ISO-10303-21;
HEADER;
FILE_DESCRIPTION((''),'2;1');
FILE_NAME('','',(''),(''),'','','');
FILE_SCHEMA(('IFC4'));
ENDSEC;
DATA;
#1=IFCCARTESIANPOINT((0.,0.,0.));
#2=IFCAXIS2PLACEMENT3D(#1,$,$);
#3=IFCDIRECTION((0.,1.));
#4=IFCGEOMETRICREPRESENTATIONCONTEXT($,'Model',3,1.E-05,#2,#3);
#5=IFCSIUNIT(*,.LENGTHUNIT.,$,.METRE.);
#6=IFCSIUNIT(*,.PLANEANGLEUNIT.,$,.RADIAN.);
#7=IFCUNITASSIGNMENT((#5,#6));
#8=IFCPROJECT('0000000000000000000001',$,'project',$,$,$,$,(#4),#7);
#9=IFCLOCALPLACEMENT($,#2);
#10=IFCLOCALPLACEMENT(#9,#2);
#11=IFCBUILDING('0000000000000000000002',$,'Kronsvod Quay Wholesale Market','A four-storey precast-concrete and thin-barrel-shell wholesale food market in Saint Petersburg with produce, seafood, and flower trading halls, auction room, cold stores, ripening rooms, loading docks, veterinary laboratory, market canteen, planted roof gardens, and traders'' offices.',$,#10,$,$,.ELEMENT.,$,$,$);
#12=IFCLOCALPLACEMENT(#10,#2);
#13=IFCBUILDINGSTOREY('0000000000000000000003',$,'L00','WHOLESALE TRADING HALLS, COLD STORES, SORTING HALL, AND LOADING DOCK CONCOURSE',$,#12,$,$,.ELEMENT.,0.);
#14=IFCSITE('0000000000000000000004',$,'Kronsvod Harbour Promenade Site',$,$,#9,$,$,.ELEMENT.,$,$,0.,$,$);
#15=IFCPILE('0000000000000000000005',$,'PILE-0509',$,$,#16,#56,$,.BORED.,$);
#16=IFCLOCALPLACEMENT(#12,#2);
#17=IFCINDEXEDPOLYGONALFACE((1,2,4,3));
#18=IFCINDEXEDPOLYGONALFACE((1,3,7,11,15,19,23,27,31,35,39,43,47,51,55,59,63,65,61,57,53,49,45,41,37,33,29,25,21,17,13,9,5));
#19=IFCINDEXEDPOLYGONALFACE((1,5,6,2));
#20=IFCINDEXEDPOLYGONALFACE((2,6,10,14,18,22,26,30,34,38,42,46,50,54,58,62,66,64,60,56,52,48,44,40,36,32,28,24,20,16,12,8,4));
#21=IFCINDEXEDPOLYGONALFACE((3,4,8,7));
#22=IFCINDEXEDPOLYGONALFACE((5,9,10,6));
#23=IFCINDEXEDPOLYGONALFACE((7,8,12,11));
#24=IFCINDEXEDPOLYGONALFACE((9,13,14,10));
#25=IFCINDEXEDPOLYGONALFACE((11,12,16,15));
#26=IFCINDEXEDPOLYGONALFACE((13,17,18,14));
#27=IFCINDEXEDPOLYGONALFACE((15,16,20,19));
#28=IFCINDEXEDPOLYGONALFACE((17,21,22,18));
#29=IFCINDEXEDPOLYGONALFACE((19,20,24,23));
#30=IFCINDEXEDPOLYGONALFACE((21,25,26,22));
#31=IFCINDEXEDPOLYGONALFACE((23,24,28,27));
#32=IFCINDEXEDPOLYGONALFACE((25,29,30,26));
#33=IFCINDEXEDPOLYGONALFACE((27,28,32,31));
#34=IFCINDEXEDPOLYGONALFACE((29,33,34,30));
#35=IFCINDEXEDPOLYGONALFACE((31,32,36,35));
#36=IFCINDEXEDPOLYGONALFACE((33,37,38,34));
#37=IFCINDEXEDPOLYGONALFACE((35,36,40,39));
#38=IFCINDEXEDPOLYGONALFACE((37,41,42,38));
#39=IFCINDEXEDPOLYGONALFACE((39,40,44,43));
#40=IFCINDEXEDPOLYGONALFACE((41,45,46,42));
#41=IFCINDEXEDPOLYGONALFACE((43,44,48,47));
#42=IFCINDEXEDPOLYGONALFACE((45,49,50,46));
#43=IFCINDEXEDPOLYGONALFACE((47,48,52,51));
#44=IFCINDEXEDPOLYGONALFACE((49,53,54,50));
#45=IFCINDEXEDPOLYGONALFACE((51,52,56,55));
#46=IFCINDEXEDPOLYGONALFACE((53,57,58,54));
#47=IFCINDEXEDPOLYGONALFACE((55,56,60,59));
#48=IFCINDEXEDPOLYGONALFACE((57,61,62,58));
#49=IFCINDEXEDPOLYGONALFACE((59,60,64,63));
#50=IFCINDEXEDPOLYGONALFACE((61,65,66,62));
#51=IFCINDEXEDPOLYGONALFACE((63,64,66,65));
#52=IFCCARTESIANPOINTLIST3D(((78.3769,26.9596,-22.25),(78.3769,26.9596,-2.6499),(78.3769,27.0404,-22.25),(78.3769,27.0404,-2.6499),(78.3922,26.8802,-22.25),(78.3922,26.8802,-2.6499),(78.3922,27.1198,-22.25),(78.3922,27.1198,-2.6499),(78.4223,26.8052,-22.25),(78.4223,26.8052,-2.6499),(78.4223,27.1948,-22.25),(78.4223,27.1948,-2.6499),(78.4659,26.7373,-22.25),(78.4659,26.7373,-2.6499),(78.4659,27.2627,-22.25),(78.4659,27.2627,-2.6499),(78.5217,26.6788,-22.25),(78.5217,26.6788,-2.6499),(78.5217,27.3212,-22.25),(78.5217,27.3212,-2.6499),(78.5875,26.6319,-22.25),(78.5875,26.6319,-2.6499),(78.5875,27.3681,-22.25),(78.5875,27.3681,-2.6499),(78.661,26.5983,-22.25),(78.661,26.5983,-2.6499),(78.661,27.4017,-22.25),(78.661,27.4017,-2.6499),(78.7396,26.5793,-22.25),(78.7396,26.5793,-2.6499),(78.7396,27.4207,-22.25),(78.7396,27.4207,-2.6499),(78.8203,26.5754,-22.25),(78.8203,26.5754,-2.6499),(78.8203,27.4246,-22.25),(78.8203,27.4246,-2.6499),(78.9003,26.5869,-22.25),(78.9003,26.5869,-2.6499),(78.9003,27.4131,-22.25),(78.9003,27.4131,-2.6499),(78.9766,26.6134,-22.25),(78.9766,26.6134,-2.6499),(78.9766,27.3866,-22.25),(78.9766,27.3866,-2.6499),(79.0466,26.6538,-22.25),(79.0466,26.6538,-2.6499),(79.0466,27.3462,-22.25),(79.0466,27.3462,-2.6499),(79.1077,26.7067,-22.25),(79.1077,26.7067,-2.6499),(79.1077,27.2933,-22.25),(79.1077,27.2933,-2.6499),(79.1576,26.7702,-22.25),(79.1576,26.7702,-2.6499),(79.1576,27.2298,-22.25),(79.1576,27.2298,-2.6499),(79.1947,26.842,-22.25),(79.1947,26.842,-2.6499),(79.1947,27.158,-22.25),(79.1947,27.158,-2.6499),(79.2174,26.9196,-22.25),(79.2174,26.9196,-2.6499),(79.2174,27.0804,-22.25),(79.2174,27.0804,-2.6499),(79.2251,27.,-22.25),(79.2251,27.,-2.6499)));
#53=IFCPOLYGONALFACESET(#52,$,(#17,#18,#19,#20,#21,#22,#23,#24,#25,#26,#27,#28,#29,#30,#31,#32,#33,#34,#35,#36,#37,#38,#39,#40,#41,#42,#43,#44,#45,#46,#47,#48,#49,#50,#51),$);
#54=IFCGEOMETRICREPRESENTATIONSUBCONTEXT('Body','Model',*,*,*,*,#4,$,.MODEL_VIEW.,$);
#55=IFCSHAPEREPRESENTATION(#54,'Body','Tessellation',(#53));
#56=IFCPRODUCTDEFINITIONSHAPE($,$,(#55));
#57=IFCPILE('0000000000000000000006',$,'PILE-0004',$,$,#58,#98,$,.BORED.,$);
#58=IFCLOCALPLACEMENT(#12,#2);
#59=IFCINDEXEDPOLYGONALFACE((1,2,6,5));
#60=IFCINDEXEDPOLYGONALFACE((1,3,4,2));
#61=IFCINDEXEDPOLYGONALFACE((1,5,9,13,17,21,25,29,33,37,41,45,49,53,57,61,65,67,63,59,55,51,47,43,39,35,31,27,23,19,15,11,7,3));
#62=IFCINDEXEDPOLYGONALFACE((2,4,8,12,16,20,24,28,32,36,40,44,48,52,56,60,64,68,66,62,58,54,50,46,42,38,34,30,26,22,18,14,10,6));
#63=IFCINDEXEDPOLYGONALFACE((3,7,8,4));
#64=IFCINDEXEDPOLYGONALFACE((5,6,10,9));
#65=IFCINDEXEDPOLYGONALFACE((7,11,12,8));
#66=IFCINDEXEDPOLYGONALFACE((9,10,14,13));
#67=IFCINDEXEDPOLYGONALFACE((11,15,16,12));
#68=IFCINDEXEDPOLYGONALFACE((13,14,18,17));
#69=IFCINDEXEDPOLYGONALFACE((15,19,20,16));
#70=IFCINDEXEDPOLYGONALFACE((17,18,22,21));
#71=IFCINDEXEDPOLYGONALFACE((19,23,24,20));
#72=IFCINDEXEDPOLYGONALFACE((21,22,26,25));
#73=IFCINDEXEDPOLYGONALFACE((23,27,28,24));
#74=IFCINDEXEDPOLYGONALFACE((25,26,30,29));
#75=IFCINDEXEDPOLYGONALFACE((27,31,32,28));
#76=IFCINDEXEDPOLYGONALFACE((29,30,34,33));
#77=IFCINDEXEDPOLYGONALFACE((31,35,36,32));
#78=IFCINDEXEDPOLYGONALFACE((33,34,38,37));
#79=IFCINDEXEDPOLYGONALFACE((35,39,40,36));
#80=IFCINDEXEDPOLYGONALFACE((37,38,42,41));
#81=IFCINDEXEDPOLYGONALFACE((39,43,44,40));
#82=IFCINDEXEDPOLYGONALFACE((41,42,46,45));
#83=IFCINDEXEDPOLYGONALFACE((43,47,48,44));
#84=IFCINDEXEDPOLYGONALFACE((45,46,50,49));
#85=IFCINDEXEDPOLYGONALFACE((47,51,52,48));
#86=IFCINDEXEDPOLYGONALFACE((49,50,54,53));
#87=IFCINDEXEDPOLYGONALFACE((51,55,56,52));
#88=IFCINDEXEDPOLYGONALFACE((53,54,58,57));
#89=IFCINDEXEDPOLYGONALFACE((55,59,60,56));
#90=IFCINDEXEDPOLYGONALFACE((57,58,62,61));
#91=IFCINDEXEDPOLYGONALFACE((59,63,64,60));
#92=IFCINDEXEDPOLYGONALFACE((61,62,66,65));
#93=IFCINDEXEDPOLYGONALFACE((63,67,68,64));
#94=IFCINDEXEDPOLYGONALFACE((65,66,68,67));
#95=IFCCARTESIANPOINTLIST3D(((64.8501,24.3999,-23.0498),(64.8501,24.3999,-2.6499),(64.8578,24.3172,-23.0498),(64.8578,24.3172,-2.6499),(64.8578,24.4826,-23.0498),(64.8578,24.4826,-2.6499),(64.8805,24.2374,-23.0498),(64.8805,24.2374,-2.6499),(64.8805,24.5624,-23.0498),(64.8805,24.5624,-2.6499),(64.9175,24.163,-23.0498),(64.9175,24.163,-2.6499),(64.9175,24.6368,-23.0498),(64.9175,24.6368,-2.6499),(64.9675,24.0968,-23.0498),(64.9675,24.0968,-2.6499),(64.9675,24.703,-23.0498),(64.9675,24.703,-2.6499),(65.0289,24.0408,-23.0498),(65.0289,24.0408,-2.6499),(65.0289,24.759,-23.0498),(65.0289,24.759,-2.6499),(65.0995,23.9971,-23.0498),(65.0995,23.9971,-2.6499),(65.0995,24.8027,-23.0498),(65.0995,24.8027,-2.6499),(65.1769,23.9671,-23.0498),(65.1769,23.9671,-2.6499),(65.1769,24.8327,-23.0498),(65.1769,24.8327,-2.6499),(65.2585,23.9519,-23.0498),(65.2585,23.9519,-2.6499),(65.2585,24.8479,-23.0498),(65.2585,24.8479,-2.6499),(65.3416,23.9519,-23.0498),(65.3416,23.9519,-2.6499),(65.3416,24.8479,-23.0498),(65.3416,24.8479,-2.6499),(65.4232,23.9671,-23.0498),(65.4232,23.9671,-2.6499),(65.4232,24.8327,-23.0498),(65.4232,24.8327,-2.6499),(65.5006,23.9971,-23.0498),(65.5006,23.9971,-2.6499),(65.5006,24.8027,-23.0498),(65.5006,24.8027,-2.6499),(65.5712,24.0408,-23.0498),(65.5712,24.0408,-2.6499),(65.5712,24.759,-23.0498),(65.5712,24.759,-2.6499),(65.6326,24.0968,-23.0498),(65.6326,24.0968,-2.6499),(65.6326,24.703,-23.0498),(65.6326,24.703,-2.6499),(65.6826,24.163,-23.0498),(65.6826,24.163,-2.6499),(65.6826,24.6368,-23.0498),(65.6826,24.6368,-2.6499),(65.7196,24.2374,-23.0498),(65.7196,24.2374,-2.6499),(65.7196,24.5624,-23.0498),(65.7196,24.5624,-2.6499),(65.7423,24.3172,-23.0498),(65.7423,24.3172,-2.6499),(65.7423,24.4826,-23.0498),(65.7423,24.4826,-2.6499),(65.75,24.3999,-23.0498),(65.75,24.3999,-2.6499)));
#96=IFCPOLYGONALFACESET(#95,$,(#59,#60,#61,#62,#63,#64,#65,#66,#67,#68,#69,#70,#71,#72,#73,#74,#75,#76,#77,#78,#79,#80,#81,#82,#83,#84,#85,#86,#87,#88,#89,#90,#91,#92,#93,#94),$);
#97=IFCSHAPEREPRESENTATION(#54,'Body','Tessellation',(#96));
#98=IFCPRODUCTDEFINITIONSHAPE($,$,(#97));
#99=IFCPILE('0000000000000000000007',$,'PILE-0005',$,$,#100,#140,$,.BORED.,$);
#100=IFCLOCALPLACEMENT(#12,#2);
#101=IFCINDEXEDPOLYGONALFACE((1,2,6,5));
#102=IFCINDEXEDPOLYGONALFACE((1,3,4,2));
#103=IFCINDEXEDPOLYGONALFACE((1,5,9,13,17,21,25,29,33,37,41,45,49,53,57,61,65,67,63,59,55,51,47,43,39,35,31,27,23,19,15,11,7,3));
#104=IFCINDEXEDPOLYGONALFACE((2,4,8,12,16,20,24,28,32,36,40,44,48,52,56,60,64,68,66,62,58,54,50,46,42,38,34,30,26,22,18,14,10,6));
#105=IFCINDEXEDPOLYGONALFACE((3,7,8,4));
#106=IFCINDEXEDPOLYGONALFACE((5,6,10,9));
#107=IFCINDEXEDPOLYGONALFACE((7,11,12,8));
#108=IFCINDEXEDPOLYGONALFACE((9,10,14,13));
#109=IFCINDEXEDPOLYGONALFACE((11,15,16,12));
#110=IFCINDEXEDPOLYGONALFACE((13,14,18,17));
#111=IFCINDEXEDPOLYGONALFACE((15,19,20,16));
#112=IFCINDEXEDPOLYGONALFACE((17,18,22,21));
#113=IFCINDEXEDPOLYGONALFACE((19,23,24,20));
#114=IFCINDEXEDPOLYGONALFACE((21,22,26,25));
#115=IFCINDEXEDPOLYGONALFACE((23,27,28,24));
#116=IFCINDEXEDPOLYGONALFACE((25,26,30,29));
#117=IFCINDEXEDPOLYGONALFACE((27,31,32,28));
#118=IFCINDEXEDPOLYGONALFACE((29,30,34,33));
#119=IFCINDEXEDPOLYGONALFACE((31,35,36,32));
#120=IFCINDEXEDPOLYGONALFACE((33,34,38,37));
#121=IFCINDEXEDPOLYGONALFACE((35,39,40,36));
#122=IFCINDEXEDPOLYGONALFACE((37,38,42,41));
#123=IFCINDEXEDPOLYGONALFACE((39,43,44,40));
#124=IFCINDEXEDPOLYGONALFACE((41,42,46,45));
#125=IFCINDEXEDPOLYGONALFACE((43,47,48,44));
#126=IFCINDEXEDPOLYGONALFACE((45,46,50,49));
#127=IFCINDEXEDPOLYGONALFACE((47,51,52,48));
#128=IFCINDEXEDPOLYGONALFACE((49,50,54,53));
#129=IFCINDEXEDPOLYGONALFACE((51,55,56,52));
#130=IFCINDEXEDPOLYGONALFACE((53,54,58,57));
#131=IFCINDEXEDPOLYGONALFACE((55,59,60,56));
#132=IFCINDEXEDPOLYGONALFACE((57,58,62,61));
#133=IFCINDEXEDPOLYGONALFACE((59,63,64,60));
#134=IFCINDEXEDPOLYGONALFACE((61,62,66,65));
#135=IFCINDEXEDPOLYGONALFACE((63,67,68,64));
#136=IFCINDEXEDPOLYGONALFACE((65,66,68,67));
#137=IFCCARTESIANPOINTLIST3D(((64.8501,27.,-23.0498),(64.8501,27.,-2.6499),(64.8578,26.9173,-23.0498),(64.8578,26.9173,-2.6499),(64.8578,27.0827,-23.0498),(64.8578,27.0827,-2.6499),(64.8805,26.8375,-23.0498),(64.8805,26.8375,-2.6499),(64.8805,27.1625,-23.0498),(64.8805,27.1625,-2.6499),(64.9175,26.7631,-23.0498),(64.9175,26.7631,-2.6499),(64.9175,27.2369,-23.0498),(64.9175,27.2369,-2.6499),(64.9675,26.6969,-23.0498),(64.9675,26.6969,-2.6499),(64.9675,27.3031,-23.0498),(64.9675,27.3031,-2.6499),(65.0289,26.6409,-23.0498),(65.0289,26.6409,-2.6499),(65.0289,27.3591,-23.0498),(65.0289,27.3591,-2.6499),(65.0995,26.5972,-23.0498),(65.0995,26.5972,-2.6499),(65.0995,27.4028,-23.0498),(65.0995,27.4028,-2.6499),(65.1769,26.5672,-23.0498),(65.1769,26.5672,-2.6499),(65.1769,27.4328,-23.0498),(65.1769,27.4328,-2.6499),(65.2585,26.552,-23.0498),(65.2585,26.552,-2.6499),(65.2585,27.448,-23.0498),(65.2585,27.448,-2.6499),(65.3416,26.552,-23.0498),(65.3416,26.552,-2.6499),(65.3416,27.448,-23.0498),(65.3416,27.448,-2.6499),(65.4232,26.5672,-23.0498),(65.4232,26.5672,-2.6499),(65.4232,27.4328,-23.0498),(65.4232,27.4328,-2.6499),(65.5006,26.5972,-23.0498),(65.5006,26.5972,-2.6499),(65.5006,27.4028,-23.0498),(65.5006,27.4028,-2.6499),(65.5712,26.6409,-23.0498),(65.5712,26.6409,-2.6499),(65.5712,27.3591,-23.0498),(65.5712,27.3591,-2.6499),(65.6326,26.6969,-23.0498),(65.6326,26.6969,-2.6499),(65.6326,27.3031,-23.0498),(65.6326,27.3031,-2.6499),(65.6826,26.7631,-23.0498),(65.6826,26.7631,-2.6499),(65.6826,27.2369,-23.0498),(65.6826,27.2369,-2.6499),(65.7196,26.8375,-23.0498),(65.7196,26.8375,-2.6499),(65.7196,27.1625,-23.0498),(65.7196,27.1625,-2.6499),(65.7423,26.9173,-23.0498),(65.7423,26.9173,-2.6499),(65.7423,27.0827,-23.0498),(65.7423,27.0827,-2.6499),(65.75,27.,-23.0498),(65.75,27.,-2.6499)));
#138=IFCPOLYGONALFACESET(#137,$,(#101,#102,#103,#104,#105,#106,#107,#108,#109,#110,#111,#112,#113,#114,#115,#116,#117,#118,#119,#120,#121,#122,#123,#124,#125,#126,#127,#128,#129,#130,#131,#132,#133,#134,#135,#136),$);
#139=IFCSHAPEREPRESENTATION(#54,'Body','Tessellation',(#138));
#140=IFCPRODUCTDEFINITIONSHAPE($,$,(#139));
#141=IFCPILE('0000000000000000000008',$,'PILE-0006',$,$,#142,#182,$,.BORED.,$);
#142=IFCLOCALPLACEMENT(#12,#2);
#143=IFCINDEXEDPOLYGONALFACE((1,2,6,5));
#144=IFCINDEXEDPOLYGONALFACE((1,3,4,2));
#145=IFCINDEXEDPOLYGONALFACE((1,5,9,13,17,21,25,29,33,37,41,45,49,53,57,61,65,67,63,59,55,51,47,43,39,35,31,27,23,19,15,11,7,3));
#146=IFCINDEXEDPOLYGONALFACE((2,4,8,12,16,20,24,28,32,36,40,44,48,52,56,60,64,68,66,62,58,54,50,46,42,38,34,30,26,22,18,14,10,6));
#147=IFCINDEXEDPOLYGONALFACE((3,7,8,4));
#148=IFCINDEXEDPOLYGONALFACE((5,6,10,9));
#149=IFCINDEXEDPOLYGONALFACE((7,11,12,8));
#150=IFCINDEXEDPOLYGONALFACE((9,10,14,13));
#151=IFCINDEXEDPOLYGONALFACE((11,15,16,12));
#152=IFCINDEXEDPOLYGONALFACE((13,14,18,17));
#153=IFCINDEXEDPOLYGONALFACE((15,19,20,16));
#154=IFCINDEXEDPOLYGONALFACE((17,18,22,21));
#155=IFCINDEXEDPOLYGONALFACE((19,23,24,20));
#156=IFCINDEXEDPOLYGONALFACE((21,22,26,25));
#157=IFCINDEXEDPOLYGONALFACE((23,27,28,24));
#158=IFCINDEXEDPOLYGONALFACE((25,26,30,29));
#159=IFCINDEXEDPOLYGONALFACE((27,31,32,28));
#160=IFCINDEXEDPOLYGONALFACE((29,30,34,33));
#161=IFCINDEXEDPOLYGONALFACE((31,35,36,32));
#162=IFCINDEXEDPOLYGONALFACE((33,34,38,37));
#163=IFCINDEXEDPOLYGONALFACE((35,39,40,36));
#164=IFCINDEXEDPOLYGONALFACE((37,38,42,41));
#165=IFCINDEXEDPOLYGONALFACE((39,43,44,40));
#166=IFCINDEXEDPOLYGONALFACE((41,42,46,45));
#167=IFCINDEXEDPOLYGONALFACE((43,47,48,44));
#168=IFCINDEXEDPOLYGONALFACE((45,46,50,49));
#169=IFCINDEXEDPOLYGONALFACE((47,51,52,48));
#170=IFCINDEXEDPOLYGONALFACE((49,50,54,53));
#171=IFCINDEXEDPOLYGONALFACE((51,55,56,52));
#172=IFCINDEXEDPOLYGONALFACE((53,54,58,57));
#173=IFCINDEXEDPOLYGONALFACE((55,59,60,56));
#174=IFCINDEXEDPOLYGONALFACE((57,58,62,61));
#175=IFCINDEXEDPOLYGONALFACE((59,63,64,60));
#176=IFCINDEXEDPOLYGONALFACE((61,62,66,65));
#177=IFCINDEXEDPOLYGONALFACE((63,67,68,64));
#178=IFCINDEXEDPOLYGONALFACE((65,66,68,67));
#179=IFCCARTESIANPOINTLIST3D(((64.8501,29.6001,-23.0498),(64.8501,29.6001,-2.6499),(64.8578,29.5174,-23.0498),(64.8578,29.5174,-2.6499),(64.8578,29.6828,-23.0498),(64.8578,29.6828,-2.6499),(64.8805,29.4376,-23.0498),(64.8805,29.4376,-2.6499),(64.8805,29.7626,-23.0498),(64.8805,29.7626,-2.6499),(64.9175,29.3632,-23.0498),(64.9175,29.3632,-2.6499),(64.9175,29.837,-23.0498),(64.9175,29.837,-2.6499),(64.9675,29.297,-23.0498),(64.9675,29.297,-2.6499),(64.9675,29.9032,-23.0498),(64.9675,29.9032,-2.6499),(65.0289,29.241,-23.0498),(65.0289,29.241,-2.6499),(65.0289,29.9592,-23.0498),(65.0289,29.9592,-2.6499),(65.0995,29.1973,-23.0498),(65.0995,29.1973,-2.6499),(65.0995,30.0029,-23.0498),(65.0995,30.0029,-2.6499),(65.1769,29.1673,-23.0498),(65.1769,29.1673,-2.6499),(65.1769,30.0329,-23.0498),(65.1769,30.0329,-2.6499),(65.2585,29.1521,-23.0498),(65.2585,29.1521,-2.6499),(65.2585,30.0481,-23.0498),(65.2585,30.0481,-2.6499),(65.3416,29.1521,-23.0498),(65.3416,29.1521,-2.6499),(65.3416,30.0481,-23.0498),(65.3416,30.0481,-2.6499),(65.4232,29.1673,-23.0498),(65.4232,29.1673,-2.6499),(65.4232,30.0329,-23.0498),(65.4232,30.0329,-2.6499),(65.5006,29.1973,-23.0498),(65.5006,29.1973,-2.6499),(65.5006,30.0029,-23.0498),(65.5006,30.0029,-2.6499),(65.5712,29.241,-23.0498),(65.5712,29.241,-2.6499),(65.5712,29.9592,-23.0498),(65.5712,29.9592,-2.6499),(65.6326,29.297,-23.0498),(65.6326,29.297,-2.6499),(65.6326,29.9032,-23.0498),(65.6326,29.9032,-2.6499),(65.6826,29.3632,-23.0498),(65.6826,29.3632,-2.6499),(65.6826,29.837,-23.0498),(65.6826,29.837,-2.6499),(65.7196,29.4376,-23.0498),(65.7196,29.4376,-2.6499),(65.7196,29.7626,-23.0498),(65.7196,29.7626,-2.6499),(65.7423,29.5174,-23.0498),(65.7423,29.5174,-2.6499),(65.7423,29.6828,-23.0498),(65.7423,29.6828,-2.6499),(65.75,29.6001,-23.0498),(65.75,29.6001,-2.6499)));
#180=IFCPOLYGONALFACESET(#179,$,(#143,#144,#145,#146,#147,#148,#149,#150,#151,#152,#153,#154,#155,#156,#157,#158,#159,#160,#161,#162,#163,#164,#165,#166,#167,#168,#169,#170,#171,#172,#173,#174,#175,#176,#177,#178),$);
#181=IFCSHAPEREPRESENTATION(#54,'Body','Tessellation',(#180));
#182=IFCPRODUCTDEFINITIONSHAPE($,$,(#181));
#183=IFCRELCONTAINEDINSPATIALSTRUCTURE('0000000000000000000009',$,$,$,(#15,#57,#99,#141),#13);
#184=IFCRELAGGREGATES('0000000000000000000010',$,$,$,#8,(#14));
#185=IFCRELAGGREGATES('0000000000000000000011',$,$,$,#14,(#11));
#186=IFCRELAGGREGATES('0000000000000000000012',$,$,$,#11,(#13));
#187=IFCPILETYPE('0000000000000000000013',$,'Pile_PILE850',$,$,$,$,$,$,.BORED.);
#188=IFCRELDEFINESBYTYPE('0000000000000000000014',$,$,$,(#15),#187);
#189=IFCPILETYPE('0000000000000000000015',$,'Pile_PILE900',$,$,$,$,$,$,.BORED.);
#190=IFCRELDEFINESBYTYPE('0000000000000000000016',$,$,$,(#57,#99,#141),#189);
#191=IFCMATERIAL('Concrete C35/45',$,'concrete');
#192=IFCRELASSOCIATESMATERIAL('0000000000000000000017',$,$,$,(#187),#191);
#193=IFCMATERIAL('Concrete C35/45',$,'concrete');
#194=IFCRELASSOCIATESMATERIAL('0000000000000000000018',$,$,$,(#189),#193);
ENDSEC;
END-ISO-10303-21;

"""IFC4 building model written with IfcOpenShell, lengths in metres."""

from ifc_helpers import new_model, si_unit, direction, frame, origin, origin_2d, place, context, subcontext, project, spatial, circle, extrude, material, material_profile, profile_set, type_object, element, save


model = new_model("IFC4")

# Units and contexts
model_context = context("Model", 3, precision=1e-05, world=origin(), true_north=direction((0.0, 1.0)))
body_context = subcontext(model_context, "Body", "Model", "MODEL_VIEW")
ifc_project = project(units=[si_unit("LENGTHUNIT", "METRE"), si_unit("PLANEANGLEUNIT", "RADIAN")], contexts=[model_context])

# Site, building, storey
site_placement = place(None, origin())
site = spatial("IfcSite", under=ifc_project, at=site_placement, Name="Kronsvod Harbour Promenade Site", CompositionType="ELEMENT", RefElevation=0.0)
building_placement = place(site_placement, origin())
building = spatial("IfcBuilding", under=site, at=building_placement, Name="Kronsvod Quay Wholesale Market", Description="A four-storey precast-concrete and thin-barrel-shell wholesale food market in Saint Petersburg with produce, seafood, and flower trading halls, auction room, cold stores, ripening rooms, loading docks, veterinary laboratory, market canteen, planted roof gardens, and traders' offices.", CompositionType="ELEMENT")
storey_placement = place(building_placement, origin())
storey = spatial("IfcBuildingStorey", under=building, at=storey_placement, Name="L00", Description="WHOLESALE TRADING HALLS, COLD STORES, SORTING HALL, AND LOADING DOCK CONCOURSE", CompositionType="ELEMENT", Elevation=0.0)

# Piles
ifc_material_1 = material(Name="Concrete C35/45", Category="concrete")
ifc_material_profile_1 = material_profile(ifc_material_1, circle(Radius=0.425, at=origin_2d()), Name="PILE850")
ifc_profile_set_1 = profile_set([ifc_material_profile_1], Name="Concrete C35/45")
pile_type_1 = type_object("IfcPileType", Name="Pile_PILE850", PredefinedType="BORED", material=ifc_profile_set_1)
for number, where, z_axis, x_axis, name in (
    (1, (78.8, 27.0, -2.6499), (0.0, 0.0, -1.0), (1.0, 0.0, 0.0), "PILE-0509"),
):
    element("IfcPile", number, at=place(storey_placement, frame(where, z_axis=z_axis, x_axis=x_axis)), inside=storey, type_object=pile_type_1, Name=name, PredefinedType="BORED", context=body_context, shape_type="SweptSolid", body=[
        extrude(circle(Radius=0.425, at=origin_2d()), origin(), (0.0, 0.0, 1.0), 19.6001),
    ])
ifc_material_2 = material(Name="Concrete C35/45", Category="concrete")
ifc_material_profile_2 = material_profile(ifc_material_2, circle(Radius=0.45, at=origin_2d()), Name="PILE900")
ifc_profile_set_2 = profile_set([ifc_material_profile_2], Name="Concrete C35/45")
pile_type_2 = type_object("IfcPileType", Name="Pile_PILE900", PredefinedType="BORED", material=ifc_profile_set_2)
for number, where, z_axis, x_axis, name in (
    (2, (65.3, 24.3999, -2.6499), (0.0, 0.0, -1.0), (1.0, 0.0, 0.0), "PILE-0004"),
    (3, (65.3, 27.0, -2.6499), (0.0, 0.0, -1.0), (1.0, 0.0, 0.0), "PILE-0005"),
    (4, (65.3, 29.6001, -2.6499), (0.0, 0.0, -1.0), (1.0, 0.0, 0.0), "PILE-0006"),
):
    element("IfcPile", number, at=place(storey_placement, frame(where, z_axis=z_axis, x_axis=x_axis)), inside=storey, type_object=pile_type_2, Name=name, PredefinedType="BORED", context=body_context, shape_type="SweptSolid", body=[
        extrude(circle(Radius=0.45, at=origin_2d()), origin(), (0.0, 0.0, 1.0), 20.3999),
    ])

save(model, "model.ifc")
